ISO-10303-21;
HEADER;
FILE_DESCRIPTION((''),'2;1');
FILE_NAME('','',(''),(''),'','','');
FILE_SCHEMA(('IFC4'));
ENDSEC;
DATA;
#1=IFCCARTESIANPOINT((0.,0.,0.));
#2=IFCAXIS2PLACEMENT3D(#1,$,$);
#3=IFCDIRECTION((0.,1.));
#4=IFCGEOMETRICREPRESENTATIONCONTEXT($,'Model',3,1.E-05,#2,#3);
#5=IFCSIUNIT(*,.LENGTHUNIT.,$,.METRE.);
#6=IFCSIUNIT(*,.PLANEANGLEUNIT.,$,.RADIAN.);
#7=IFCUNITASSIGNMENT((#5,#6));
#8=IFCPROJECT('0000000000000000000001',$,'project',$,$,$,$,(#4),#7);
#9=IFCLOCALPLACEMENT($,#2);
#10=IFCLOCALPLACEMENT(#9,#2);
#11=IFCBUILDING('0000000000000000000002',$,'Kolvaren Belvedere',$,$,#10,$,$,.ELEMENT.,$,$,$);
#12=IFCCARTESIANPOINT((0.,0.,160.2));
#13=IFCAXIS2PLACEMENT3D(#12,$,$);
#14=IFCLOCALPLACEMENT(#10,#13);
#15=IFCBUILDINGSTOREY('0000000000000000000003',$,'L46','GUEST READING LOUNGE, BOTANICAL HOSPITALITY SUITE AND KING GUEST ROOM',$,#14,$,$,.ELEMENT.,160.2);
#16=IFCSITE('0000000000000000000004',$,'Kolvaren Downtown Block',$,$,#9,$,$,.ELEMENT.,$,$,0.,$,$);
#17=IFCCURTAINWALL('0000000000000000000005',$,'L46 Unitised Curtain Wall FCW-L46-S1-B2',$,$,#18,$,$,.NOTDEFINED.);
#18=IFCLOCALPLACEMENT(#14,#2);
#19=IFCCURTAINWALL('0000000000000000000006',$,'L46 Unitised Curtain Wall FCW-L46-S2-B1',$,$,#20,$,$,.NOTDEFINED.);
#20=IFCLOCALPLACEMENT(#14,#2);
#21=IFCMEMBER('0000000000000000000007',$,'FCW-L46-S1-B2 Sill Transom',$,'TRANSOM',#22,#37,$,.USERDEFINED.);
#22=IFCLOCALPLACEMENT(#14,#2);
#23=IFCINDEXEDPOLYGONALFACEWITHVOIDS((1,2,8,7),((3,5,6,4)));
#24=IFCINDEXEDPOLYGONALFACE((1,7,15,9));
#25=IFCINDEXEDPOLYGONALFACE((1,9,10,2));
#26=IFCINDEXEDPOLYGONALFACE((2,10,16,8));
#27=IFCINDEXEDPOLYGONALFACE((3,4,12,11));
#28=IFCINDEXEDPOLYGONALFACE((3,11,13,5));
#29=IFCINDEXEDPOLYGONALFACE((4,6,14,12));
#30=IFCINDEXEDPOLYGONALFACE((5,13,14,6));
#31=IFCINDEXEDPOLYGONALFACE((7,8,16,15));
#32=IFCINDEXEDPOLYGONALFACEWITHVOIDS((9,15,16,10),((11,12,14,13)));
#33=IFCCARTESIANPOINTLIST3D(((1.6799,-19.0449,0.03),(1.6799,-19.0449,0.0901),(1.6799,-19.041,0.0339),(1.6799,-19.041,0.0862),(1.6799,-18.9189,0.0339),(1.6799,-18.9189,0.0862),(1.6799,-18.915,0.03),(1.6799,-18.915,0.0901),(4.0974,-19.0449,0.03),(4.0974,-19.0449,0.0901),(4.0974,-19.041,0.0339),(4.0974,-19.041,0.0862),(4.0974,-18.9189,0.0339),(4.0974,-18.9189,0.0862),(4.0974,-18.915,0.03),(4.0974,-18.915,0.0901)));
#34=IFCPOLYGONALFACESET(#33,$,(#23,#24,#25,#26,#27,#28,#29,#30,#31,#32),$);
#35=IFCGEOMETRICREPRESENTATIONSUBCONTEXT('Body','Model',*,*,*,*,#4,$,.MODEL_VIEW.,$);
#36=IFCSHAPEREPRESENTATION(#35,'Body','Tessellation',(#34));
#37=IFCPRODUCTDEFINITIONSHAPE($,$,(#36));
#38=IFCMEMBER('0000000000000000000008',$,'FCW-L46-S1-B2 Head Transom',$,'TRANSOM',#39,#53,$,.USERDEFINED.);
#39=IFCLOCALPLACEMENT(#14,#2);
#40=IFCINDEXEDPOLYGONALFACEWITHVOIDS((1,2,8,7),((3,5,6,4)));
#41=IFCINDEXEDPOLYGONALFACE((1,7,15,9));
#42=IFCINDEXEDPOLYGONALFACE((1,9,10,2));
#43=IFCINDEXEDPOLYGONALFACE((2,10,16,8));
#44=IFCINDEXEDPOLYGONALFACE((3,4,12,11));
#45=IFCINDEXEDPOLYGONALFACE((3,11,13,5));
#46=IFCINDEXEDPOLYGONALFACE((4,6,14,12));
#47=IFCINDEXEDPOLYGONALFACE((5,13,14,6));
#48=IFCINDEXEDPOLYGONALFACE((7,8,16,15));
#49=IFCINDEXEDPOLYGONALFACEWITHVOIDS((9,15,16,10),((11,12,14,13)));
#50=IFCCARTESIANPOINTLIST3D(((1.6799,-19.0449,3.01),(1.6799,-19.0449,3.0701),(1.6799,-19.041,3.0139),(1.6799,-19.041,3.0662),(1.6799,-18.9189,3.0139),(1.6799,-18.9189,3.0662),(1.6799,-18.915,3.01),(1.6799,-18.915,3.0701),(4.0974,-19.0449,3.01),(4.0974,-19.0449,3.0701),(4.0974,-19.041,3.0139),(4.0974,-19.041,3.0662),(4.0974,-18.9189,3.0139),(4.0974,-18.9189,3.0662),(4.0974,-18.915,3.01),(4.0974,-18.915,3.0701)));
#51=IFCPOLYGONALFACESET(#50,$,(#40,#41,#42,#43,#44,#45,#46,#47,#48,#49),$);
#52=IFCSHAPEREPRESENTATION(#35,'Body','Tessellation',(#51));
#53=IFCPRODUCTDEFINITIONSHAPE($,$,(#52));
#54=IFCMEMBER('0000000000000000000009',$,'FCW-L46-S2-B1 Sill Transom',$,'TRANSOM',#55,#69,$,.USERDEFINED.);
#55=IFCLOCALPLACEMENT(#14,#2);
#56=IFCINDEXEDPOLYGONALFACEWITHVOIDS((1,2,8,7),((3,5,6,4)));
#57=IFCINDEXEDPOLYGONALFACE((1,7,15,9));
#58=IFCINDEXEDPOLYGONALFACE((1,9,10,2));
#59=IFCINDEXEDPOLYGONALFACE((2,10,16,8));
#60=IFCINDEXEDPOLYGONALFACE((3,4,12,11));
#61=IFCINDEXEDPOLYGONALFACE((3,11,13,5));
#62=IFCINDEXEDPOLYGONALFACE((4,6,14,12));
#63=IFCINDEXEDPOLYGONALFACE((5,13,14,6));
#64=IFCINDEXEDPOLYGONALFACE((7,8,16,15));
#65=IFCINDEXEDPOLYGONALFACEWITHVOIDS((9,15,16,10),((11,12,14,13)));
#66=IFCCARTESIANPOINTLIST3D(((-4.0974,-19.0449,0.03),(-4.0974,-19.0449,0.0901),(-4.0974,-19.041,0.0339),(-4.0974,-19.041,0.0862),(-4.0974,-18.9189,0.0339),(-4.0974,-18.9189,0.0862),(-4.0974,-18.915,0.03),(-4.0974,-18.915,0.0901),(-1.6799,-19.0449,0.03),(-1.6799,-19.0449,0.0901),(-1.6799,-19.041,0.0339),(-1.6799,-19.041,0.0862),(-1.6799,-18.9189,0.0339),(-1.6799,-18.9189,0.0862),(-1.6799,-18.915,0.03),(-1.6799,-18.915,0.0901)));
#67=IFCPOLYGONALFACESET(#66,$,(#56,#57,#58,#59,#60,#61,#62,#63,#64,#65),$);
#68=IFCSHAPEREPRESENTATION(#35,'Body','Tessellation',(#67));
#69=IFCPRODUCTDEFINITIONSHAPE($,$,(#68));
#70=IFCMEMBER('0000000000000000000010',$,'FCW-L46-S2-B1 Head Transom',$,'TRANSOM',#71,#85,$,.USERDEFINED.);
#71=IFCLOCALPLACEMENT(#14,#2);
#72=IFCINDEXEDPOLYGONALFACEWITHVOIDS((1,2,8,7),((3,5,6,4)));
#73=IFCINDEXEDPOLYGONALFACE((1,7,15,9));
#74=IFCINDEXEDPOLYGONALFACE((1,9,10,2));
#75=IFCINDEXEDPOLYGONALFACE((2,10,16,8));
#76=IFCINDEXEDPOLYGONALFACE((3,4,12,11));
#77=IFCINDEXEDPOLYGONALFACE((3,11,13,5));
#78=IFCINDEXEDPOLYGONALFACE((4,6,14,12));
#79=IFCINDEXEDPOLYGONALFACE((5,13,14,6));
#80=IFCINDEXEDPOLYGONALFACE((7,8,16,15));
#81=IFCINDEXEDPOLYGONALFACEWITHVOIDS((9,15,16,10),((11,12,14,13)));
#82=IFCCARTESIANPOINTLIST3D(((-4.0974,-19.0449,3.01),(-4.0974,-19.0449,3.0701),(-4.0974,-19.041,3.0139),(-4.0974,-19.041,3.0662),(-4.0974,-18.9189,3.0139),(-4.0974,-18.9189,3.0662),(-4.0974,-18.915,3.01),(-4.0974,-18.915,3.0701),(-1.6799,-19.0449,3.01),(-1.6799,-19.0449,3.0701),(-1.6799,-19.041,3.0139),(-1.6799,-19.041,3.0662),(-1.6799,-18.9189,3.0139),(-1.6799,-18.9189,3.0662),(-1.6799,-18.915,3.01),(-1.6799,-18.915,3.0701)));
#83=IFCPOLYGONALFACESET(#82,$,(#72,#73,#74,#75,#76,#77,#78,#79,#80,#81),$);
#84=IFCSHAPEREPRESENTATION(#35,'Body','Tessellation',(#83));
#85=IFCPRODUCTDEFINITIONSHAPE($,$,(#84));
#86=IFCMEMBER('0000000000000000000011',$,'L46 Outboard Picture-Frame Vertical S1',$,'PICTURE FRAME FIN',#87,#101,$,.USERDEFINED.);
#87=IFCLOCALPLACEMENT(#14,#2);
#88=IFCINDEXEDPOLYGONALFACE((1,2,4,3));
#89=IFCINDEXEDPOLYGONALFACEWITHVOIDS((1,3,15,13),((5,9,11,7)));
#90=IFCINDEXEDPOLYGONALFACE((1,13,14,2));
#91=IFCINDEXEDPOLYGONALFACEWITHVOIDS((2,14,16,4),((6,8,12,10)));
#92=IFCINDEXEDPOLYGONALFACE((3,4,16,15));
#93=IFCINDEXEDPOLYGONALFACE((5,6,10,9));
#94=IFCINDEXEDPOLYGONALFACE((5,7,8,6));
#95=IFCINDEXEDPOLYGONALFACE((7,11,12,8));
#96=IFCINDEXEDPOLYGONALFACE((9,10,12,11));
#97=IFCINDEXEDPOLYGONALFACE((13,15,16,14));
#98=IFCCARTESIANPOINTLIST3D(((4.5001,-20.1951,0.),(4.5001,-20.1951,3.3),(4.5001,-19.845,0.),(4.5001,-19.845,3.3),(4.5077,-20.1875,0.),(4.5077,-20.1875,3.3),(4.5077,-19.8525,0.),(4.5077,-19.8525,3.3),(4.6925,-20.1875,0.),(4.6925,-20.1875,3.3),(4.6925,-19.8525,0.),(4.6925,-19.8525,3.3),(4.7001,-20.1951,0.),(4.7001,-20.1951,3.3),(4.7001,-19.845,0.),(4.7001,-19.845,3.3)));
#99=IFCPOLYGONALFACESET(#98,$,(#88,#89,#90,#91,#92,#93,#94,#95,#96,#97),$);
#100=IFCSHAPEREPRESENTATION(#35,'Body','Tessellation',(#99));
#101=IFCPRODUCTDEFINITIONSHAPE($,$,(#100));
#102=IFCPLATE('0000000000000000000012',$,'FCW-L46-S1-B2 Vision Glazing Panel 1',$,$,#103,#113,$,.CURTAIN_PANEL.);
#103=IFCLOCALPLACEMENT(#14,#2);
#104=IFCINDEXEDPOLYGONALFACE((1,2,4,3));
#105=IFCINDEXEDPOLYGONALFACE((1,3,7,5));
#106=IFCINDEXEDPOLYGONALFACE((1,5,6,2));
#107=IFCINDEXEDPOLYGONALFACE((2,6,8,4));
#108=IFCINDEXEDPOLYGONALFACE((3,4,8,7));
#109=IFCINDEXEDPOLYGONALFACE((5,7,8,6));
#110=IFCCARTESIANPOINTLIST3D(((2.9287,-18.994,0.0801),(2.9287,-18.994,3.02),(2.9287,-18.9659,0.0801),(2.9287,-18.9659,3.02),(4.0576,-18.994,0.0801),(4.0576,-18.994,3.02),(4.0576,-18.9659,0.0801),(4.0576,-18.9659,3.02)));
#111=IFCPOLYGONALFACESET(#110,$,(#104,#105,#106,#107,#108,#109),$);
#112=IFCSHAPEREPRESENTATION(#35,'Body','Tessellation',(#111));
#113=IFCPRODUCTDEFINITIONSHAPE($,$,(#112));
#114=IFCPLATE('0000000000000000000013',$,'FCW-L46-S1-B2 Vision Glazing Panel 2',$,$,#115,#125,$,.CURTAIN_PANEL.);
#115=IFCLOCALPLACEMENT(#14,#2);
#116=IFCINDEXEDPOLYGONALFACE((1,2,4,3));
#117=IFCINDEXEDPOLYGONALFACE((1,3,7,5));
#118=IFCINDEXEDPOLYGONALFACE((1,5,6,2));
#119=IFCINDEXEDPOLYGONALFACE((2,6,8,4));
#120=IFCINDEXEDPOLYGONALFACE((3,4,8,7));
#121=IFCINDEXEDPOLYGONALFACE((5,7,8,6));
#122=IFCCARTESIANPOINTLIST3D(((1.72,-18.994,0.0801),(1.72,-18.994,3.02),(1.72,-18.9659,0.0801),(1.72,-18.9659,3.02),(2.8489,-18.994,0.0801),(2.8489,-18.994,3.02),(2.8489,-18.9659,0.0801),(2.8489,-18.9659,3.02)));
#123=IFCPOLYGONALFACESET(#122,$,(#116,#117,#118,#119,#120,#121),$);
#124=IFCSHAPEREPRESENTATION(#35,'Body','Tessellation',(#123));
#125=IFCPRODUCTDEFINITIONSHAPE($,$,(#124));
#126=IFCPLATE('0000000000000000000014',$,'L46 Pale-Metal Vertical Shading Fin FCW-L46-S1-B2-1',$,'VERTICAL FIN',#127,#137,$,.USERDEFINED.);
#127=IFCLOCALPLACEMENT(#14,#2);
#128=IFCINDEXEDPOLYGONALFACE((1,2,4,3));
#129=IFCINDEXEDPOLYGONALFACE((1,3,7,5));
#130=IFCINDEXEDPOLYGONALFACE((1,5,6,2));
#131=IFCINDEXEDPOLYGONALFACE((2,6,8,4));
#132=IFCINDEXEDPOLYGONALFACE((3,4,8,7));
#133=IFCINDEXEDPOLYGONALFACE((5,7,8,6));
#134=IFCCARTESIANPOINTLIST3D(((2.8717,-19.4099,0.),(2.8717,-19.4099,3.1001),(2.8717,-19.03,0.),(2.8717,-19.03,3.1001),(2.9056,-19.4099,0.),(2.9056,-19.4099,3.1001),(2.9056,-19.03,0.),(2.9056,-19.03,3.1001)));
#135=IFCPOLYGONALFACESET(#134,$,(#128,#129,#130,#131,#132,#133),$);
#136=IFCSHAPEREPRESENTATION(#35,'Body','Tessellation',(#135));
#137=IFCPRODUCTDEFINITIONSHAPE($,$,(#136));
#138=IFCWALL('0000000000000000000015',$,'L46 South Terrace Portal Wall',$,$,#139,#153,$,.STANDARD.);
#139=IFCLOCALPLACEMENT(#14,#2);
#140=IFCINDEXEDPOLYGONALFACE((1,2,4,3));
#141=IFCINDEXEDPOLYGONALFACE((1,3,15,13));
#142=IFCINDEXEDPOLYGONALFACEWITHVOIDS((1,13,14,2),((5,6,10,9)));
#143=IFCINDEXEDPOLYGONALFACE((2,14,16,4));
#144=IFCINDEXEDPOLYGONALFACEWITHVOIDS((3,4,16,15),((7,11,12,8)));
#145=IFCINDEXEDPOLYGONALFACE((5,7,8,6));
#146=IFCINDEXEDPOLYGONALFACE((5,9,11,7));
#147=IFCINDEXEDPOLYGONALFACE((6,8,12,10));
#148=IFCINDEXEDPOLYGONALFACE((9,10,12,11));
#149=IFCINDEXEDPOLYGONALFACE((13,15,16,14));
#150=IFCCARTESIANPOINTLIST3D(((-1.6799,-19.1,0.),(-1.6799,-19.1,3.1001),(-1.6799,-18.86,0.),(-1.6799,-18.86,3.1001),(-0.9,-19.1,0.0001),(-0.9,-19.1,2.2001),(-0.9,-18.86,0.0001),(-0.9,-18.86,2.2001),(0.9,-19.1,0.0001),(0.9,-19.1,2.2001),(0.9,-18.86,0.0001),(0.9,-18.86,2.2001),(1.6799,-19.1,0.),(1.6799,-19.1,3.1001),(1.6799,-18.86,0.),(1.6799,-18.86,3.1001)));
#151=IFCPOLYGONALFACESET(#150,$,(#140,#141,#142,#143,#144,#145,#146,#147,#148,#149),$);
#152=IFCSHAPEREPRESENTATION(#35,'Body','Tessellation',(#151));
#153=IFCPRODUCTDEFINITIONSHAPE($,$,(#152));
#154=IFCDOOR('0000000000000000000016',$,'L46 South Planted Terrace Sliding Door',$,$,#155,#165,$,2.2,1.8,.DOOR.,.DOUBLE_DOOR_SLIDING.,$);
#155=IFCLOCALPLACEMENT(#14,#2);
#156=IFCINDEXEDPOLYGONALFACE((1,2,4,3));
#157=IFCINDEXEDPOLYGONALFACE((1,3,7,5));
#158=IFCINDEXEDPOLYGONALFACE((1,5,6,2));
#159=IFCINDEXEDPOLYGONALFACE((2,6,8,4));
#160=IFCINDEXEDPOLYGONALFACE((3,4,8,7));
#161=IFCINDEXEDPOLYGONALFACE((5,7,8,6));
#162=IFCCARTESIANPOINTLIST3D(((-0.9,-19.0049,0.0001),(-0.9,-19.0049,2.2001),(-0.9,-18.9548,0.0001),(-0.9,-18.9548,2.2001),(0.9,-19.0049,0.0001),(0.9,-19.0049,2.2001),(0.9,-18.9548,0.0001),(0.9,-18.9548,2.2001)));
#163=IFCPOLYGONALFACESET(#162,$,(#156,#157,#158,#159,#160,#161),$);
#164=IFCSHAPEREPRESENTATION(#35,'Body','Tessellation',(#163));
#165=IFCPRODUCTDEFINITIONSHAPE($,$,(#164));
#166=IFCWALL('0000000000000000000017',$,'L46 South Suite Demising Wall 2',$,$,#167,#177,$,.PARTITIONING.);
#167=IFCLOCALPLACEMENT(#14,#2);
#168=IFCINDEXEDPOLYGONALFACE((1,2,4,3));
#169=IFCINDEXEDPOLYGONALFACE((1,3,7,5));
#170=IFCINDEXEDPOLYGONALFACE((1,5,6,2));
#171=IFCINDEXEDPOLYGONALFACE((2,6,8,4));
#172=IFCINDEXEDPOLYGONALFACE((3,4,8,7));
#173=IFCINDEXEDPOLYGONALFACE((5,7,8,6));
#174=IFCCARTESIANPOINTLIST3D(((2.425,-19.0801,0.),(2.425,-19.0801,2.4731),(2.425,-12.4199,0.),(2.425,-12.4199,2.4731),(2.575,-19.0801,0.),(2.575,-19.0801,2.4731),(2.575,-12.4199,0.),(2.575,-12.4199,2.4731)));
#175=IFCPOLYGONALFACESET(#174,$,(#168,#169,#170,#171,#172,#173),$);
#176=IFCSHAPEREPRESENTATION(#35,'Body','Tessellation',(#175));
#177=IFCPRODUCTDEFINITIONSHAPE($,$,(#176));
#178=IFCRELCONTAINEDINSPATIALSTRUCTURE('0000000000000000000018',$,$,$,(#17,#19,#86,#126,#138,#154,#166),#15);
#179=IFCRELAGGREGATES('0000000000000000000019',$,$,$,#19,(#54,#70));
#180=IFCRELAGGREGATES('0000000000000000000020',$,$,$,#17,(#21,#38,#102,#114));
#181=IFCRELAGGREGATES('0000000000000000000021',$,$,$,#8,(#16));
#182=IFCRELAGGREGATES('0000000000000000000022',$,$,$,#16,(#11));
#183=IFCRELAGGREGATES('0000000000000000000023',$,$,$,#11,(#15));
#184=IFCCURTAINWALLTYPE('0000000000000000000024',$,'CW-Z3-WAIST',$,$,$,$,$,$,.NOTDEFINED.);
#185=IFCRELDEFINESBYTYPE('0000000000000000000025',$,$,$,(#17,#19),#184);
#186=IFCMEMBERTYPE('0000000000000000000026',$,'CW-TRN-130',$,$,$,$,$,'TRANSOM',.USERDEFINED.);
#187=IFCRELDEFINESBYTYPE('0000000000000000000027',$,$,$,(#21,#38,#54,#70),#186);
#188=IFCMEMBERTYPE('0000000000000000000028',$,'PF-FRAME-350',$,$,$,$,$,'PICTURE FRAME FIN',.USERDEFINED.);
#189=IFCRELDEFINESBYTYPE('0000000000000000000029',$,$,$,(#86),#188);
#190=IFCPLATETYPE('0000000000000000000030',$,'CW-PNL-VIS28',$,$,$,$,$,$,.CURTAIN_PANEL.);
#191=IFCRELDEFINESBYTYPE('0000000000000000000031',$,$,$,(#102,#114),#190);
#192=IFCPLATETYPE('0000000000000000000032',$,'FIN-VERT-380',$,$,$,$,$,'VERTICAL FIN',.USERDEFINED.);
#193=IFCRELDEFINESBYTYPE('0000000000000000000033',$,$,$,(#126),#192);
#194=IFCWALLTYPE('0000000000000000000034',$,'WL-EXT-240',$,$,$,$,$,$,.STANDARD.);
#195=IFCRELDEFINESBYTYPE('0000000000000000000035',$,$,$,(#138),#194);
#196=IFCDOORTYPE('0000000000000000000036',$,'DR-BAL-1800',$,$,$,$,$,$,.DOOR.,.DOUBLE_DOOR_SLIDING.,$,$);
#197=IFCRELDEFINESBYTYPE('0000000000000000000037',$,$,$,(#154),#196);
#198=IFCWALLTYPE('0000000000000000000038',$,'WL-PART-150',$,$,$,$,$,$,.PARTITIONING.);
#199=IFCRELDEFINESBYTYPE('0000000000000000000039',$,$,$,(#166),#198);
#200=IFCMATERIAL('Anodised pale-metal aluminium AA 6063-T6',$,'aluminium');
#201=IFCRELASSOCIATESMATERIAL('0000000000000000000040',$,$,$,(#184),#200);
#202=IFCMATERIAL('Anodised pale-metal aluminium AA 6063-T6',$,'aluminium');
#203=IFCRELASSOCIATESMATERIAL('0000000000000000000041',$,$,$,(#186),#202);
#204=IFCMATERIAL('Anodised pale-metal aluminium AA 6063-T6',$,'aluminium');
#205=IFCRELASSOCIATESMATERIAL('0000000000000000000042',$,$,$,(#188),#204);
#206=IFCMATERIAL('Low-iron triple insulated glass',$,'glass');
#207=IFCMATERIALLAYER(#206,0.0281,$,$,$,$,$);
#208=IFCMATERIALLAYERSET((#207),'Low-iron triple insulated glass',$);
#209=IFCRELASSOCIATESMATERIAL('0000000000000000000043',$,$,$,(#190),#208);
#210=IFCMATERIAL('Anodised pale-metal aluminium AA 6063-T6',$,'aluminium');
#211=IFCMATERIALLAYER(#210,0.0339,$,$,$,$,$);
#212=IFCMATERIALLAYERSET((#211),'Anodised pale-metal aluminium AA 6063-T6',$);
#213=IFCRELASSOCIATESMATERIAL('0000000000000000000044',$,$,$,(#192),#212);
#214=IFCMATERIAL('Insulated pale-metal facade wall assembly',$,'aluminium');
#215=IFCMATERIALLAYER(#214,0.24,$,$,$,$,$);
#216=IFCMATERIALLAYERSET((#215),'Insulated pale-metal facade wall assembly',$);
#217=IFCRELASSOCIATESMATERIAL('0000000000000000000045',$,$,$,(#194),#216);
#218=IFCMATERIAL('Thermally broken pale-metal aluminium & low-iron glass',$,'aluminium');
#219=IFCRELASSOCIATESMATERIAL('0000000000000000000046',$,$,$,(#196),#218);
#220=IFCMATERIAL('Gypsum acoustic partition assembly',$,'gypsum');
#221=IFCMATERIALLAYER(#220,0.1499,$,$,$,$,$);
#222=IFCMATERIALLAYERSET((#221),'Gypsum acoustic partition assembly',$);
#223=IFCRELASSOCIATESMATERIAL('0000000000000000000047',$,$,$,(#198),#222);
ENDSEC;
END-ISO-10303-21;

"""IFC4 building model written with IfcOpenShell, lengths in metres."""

from ifc_helpers import new_model, si_unit, direction, frame, frame_2d, origin, origin_2d, place, context, subcontext, project, spatial, rectangle, hollow_rectangle, extrude, material, layer, layer_set, material_profile, profile_set, type_object, element, fill, aggregate, save


model = new_model("IFC4")

# Units and contexts
model_context = context("Model", 3, precision=1e-05, world=origin(), true_north=direction((0.0, 1.0)))
body_context = subcontext(model_context, "Body", "Model", "MODEL_VIEW")
ifc_project = project(units=[si_unit("LENGTHUNIT", "METRE"), si_unit("PLANEANGLEUNIT", "RADIAN")], contexts=[model_context])

# Site, building, storey
site_placement = place(None, origin())
site = spatial("IfcSite", under=ifc_project, at=site_placement, Name="Kolvaren Downtown Block", CompositionType="ELEMENT", RefElevation=0.0)
building_placement = place(site_placement, origin())
building = spatial("IfcBuilding", under=site, at=building_placement, Name="Kolvaren Belvedere", CompositionType="ELEMENT")
storey_placement = place(building_placement, frame((0.0, 0.0, 160.2)))
storey = spatial("IfcBuildingStorey", under=building, at=storey_placement, Name="L46", Description="GUEST READING LOUNGE, BOTANICAL HOSPITALITY SUITE AND KING GUEST ROOM", CompositionType="ELEMENT", Elevation=160.2)

# Curtain wall
ifc_material_1 = material(Name="Anodised pale-metal aluminium AA 6063-T6", Category="aluminium")
curtain_wall_type = type_object("IfcCurtainWallType", Name="CW-Z3-WAIST", PredefinedType="NOTDEFINED", material=ifc_material_1)
curtain_wall_1_placement = place(storey_placement, origin())
curtain_wall_1 = element("IfcCurtainWall", 1, at=curtain_wall_1_placement, inside=storey, type_object=curtain_wall_type, Name="L46 Unitised Curtain Wall FCW-L46-S1-B2", PredefinedType="NOTDEFINED")

# Curtain wall
curtain_wall_2_placement = place(storey_placement, origin())
curtain_wall_2 = element("IfcCurtainWall", 2, at=curtain_wall_2_placement, inside=storey, type_object=curtain_wall_type, Name="L46 Unitised Curtain Wall FCW-L46-S2-B1", PredefinedType="NOTDEFINED")

# Members
ifc_material_2 = material(Name="Anodised pale-metal aluminium AA 6063-T6", Category="aluminium")
ifc_material_profile_1 = material_profile(ifc_material_2, hollow_rectangle(XDim=0.0601, YDim=0.1299, WallThickness=0.0039, at=origin_2d()), Name="ALU-TRN-130X60")
ifc_profile_set_1 = profile_set([ifc_material_profile_1], Name="Anodised pale-metal aluminium AA 6063-T6")
member_type_1 = type_object("IfcMemberType", Name="CW-TRN-130", ElementType="TRANSOM", PredefinedType="USERDEFINED", material=ifc_profile_set_1)
member_1_placement = place(storey_placement, frame((4.0974, -18.98, 0.0601), z_axis=(-1.0, 0.0, 0.0), x_axis=(0.0, 0.0, 1.0)))
member_1 = element("IfcMember", 3, at=member_1_placement, type_object=member_type_1, Name="FCW-L46-S1-B2 Sill Transom", ObjectType="TRANSOM", PredefinedType="USERDEFINED", context=body_context, shape_type="SweptSolid", body=[
    extrude(hollow_rectangle(XDim=0.0601, YDim=0.1299, WallThickness=0.0039, at=origin_2d()), origin(), (0.0, 0.0, 1.0), 2.4175),
])
member_2_placement = place(storey_placement, frame((4.0974, -18.98, 3.04), z_axis=(-1.0, 0.0, 0.0), x_axis=(0.0, 0.0, 1.0)))
member_2 = element("IfcMember", 4, at=member_2_placement, type_object=member_type_1, Name="FCW-L46-S1-B2 Head Transom", ObjectType="TRANSOM", PredefinedType="USERDEFINED", context=body_context, shape_type="SweptSolid", body=[
    extrude(hollow_rectangle(XDim=0.0601, YDim=0.1299, WallThickness=0.0039, at=origin_2d()), origin(), (0.0, 0.0, 1.0), 2.4175),
])
member_3_placement = place(storey_placement, frame((-1.6799, -18.98, 0.0601), z_axis=(-1.0, 0.0, 0.0), x_axis=(0.0, 0.0, 1.0)))
member_3 = element("IfcMember", 5, at=member_3_placement, type_object=member_type_1, Name="FCW-L46-S2-B1 Sill Transom", ObjectType="TRANSOM", PredefinedType="USERDEFINED", context=body_context, shape_type="SweptSolid", body=[
    extrude(hollow_rectangle(XDim=0.0601, YDim=0.1299, WallThickness=0.0039, at=origin_2d()), origin(), (0.0, 0.0, 1.0), 2.4175),
])
member_4_placement = place(storey_placement, frame((-1.6799, -18.98, 3.04), z_axis=(-1.0, 0.0, 0.0), x_axis=(0.0, 0.0, 1.0)))
member_4 = element("IfcMember", 6, at=member_4_placement, type_object=member_type_1, Name="FCW-L46-S2-B1 Head Transom", ObjectType="TRANSOM", PredefinedType="USERDEFINED", context=body_context, shape_type="SweptSolid", body=[
    extrude(hollow_rectangle(XDim=0.0601, YDim=0.1299, WallThickness=0.0039, at=origin_2d()), origin(), (0.0, 0.0, 1.0), 2.4175),
])
aggregate(curtain_wall_2, [member_3, member_4])
ifc_material_3 = material(Name="Anodised pale-metal aluminium AA 6063-T6", Category="aluminium")
ifc_material_profile_2 = material_profile(ifc_material_3, hollow_rectangle(XDim=0.2, YDim=0.3501, WallThickness=0.0076, at=origin_2d()), Name="ALU-PF-350X200")
ifc_profile_set_2 = profile_set([ifc_material_profile_2], Name="Anodised pale-metal aluminium AA 6063-T6")
member_type_2 = type_object("IfcMemberType", Name="PF-FRAME-350", ElementType="PICTURE FRAME FIN", PredefinedType="USERDEFINED", material=ifc_profile_set_2)
member_5_placement = place(storey_placement, frame((4.6001, -20.02, 0.0), z_axis=(0.0, 0.0, 1.0), x_axis=(1.0, 0.0, 0.0)))
element("IfcMember", 7, at=member_5_placement, inside=storey, type_object=member_type_2, Name="L46 Outboard Picture-Frame Vertical S1", ObjectType="PICTURE FRAME FIN", PredefinedType="USERDEFINED", context=body_context, shape_type="SweptSolid", body=[
    extrude(hollow_rectangle(XDim=0.2, YDim=0.3501, WallThickness=0.0076, at=origin_2d()), origin(), (0.0, 0.0, 1.0), 3.3),
])

# Plates
ifc_material_4 = material(Name="Low-iron triple insulated glass", Category="glass")
ifc_layer_1 = layer(ifc_material_4, 0.0281)
ifc_layer_set_1 = layer_set([ifc_layer_1], Name="Low-iron triple insulated glass")
plate_type_1 = type_object("IfcPlateType", Name="CW-PNL-VIS28", PredefinedType="CURTAIN_PANEL", material=ifc_layer_set_1)
plate_1_placement = place(storey_placement, frame((3.4932, -18.98, 0.0801), z_axis=(0.0, 0.0, 1.0), x_axis=(-1.0, 0.0, 0.0)))
plate_1 = element("IfcPlate", 8, at=plate_1_placement, type_object=plate_type_1, Name="FCW-L46-S1-B2 Vision Glazing Panel 1", PredefinedType="CURTAIN_PANEL", context=body_context, shape_type="SweptSolid", body=[
    extrude(rectangle(XDim=1.1289, YDim=0.0281, at=origin_2d()), origin(), (0.0, 0.0, 1.0), 2.9399),
])
plate_2_placement = place(storey_placement, frame((2.2844, -18.98, 0.0801), z_axis=(0.0, 0.0, 1.0), x_axis=(-1.0, 0.0, 0.0)))
plate_2 = element("IfcPlate", 9, at=plate_2_placement, type_object=plate_type_1, Name="FCW-L46-S1-B2 Vision Glazing Panel 2", PredefinedType="CURTAIN_PANEL", context=body_context, shape_type="SweptSolid", body=[
    extrude(rectangle(XDim=1.1289, YDim=0.0281, at=origin_2d()), origin(), (0.0, 0.0, 1.0), 2.9399),
])
aggregate(curtain_wall_1, [member_1, member_2, plate_1, plate_2])
ifc_material_5 = material(Name="Anodised pale-metal aluminium AA 6063-T6", Category="aluminium")
ifc_layer_2 = layer(ifc_material_5, 0.0339)
ifc_layer_set_2 = layer_set([ifc_layer_2], Name="Anodised pale-metal aluminium AA 6063-T6")
plate_type_2 = type_object("IfcPlateType", Name="FIN-VERT-380", ElementType="VERTICAL FIN", PredefinedType="USERDEFINED", material=ifc_layer_set_2)
plate_3_placement = place(storey_placement, frame((2.8887, -19.22, 0.0), z_axis=(0.0, 0.0, 1.0), x_axis=(0.0, 1.0, 0.0)))
element("IfcPlate", 10, at=plate_3_placement, inside=storey, type_object=plate_type_2, Name="L46 Pale-Metal Vertical Shading Fin FCW-L46-S1-B2-1", ObjectType="VERTICAL FIN", PredefinedType="USERDEFINED", context=body_context, shape_type="SweptSolid", body=[
    extrude(rectangle(XDim=0.3799, YDim=0.0339, at=origin_2d()), origin(), (0.0, 0.0, 1.0), 3.1001),
])

# Wall, opening, door
ifc_material_6 = material(Name="Insulated pale-metal facade wall assembly", Category="aluminium")
ifc_layer_3 = layer(ifc_material_6, 0.24)
ifc_layer_set_3 = layer_set([ifc_layer_3], Name="Insulated pale-metal facade wall assembly")
wall_type_1 = type_object("IfcWallType", Name="WL-EXT-240", PredefinedType="STANDARD", material=ifc_layer_set_3)
wall_1_placement = place(storey_placement, frame((1.6799, -18.98, 0.0), z_axis=(0.0, 0.0, 1.0), x_axis=(-1.0, 0.0, 0.0)))
wall_1 = element("IfcWall", 11, at=wall_1_placement, inside=storey, type_object=wall_type_1, Name="L46 South Terrace Portal Wall", PredefinedType="STANDARD", context=body_context, shape_type="SweptSolid", body=[
    extrude(rectangle(XDim=3.3599, YDim=0.24, at=frame_2d((1.6799, 0.0))), origin(), (0.0, 0.0, 1.0), 3.1001),
])
opening_placement = place(wall_1_placement, frame((0.78, 0.0, 0.0)))
opening = element("IfcOpeningElement", 12, at=opening_placement, cuts=wall_1, PredefinedType="OPENING", context=body_context, shape_type="SweptSolid", body=[
    extrude(rectangle(XDim=1.8, YDim=2.2, at=frame_2d((0.8999, 1.1001))), frame((0.0, 0.1299, 0.0), z_axis=(0.0, -1.0, 0.0), x_axis=(1.0, 0.0, 0.0)), (0.0, 0.0, 1.0), 0.26),
])
ifc_material_7 = material(Name="Thermally broken pale-metal aluminium & low-iron glass", Category="aluminium")
door_type = type_object("IfcDoorType", Name="DR-BAL-1800", OperationType="DOUBLE_DOOR_SLIDING", PredefinedType="DOOR", material=ifc_material_7)
door_placement = place(opening_placement, origin())
door = element("IfcDoor", 13, at=door_placement, inside=storey, type_object=door_type, Name="L46 South Planted Terrace Sliding Door", OperationType="DOUBLE_DOOR_SLIDING", OverallHeight=2.2, OverallWidth=1.8, PredefinedType="DOOR", context=body_context, shape_type="SweptSolid", body=[
    extrude(rectangle(XDim=1.8, YDim=2.2, at=frame_2d((0.8999, 1.1001))), frame((0.0, 0.0249, 0.0), z_axis=(0.0, -1.0, 0.0), x_axis=(1.0, 0.0, 0.0)), (0.0, 0.0, 1.0), 0.05),
])
fill(opening, door)

# Wall
ifc_material_8 = material(Name="Gypsum acoustic partition assembly", Category="gypsum")
ifc_layer_4 = layer(ifc_material_8, 0.1499)
ifc_layer_set_4 = layer_set([ifc_layer_4], Name="Gypsum acoustic partition assembly")
wall_type_2 = type_object("IfcWallType", Name="WL-PART-150", PredefinedType="PARTITIONING", material=ifc_layer_set_4)
wall_2_placement = place(storey_placement, frame((2.5, -19.0801, 0.0), z_axis=(0.0, 0.0, 1.0), x_axis=(0.0, 1.0, 0.0)))
element("IfcWall", 14, at=wall_2_placement, inside=storey, type_object=wall_type_2, Name="L46 South Suite Demising Wall 2", PredefinedType="PARTITIONING", context=body_context, shape_type="SweptSolid", body=[
    extrude(rectangle(XDim=6.6602, YDim=0.1499, at=frame_2d((3.3301, 0.0))), origin(), (0.0, 0.0, 1.0), 2.4731),
])

save(model, "model.ifc")
